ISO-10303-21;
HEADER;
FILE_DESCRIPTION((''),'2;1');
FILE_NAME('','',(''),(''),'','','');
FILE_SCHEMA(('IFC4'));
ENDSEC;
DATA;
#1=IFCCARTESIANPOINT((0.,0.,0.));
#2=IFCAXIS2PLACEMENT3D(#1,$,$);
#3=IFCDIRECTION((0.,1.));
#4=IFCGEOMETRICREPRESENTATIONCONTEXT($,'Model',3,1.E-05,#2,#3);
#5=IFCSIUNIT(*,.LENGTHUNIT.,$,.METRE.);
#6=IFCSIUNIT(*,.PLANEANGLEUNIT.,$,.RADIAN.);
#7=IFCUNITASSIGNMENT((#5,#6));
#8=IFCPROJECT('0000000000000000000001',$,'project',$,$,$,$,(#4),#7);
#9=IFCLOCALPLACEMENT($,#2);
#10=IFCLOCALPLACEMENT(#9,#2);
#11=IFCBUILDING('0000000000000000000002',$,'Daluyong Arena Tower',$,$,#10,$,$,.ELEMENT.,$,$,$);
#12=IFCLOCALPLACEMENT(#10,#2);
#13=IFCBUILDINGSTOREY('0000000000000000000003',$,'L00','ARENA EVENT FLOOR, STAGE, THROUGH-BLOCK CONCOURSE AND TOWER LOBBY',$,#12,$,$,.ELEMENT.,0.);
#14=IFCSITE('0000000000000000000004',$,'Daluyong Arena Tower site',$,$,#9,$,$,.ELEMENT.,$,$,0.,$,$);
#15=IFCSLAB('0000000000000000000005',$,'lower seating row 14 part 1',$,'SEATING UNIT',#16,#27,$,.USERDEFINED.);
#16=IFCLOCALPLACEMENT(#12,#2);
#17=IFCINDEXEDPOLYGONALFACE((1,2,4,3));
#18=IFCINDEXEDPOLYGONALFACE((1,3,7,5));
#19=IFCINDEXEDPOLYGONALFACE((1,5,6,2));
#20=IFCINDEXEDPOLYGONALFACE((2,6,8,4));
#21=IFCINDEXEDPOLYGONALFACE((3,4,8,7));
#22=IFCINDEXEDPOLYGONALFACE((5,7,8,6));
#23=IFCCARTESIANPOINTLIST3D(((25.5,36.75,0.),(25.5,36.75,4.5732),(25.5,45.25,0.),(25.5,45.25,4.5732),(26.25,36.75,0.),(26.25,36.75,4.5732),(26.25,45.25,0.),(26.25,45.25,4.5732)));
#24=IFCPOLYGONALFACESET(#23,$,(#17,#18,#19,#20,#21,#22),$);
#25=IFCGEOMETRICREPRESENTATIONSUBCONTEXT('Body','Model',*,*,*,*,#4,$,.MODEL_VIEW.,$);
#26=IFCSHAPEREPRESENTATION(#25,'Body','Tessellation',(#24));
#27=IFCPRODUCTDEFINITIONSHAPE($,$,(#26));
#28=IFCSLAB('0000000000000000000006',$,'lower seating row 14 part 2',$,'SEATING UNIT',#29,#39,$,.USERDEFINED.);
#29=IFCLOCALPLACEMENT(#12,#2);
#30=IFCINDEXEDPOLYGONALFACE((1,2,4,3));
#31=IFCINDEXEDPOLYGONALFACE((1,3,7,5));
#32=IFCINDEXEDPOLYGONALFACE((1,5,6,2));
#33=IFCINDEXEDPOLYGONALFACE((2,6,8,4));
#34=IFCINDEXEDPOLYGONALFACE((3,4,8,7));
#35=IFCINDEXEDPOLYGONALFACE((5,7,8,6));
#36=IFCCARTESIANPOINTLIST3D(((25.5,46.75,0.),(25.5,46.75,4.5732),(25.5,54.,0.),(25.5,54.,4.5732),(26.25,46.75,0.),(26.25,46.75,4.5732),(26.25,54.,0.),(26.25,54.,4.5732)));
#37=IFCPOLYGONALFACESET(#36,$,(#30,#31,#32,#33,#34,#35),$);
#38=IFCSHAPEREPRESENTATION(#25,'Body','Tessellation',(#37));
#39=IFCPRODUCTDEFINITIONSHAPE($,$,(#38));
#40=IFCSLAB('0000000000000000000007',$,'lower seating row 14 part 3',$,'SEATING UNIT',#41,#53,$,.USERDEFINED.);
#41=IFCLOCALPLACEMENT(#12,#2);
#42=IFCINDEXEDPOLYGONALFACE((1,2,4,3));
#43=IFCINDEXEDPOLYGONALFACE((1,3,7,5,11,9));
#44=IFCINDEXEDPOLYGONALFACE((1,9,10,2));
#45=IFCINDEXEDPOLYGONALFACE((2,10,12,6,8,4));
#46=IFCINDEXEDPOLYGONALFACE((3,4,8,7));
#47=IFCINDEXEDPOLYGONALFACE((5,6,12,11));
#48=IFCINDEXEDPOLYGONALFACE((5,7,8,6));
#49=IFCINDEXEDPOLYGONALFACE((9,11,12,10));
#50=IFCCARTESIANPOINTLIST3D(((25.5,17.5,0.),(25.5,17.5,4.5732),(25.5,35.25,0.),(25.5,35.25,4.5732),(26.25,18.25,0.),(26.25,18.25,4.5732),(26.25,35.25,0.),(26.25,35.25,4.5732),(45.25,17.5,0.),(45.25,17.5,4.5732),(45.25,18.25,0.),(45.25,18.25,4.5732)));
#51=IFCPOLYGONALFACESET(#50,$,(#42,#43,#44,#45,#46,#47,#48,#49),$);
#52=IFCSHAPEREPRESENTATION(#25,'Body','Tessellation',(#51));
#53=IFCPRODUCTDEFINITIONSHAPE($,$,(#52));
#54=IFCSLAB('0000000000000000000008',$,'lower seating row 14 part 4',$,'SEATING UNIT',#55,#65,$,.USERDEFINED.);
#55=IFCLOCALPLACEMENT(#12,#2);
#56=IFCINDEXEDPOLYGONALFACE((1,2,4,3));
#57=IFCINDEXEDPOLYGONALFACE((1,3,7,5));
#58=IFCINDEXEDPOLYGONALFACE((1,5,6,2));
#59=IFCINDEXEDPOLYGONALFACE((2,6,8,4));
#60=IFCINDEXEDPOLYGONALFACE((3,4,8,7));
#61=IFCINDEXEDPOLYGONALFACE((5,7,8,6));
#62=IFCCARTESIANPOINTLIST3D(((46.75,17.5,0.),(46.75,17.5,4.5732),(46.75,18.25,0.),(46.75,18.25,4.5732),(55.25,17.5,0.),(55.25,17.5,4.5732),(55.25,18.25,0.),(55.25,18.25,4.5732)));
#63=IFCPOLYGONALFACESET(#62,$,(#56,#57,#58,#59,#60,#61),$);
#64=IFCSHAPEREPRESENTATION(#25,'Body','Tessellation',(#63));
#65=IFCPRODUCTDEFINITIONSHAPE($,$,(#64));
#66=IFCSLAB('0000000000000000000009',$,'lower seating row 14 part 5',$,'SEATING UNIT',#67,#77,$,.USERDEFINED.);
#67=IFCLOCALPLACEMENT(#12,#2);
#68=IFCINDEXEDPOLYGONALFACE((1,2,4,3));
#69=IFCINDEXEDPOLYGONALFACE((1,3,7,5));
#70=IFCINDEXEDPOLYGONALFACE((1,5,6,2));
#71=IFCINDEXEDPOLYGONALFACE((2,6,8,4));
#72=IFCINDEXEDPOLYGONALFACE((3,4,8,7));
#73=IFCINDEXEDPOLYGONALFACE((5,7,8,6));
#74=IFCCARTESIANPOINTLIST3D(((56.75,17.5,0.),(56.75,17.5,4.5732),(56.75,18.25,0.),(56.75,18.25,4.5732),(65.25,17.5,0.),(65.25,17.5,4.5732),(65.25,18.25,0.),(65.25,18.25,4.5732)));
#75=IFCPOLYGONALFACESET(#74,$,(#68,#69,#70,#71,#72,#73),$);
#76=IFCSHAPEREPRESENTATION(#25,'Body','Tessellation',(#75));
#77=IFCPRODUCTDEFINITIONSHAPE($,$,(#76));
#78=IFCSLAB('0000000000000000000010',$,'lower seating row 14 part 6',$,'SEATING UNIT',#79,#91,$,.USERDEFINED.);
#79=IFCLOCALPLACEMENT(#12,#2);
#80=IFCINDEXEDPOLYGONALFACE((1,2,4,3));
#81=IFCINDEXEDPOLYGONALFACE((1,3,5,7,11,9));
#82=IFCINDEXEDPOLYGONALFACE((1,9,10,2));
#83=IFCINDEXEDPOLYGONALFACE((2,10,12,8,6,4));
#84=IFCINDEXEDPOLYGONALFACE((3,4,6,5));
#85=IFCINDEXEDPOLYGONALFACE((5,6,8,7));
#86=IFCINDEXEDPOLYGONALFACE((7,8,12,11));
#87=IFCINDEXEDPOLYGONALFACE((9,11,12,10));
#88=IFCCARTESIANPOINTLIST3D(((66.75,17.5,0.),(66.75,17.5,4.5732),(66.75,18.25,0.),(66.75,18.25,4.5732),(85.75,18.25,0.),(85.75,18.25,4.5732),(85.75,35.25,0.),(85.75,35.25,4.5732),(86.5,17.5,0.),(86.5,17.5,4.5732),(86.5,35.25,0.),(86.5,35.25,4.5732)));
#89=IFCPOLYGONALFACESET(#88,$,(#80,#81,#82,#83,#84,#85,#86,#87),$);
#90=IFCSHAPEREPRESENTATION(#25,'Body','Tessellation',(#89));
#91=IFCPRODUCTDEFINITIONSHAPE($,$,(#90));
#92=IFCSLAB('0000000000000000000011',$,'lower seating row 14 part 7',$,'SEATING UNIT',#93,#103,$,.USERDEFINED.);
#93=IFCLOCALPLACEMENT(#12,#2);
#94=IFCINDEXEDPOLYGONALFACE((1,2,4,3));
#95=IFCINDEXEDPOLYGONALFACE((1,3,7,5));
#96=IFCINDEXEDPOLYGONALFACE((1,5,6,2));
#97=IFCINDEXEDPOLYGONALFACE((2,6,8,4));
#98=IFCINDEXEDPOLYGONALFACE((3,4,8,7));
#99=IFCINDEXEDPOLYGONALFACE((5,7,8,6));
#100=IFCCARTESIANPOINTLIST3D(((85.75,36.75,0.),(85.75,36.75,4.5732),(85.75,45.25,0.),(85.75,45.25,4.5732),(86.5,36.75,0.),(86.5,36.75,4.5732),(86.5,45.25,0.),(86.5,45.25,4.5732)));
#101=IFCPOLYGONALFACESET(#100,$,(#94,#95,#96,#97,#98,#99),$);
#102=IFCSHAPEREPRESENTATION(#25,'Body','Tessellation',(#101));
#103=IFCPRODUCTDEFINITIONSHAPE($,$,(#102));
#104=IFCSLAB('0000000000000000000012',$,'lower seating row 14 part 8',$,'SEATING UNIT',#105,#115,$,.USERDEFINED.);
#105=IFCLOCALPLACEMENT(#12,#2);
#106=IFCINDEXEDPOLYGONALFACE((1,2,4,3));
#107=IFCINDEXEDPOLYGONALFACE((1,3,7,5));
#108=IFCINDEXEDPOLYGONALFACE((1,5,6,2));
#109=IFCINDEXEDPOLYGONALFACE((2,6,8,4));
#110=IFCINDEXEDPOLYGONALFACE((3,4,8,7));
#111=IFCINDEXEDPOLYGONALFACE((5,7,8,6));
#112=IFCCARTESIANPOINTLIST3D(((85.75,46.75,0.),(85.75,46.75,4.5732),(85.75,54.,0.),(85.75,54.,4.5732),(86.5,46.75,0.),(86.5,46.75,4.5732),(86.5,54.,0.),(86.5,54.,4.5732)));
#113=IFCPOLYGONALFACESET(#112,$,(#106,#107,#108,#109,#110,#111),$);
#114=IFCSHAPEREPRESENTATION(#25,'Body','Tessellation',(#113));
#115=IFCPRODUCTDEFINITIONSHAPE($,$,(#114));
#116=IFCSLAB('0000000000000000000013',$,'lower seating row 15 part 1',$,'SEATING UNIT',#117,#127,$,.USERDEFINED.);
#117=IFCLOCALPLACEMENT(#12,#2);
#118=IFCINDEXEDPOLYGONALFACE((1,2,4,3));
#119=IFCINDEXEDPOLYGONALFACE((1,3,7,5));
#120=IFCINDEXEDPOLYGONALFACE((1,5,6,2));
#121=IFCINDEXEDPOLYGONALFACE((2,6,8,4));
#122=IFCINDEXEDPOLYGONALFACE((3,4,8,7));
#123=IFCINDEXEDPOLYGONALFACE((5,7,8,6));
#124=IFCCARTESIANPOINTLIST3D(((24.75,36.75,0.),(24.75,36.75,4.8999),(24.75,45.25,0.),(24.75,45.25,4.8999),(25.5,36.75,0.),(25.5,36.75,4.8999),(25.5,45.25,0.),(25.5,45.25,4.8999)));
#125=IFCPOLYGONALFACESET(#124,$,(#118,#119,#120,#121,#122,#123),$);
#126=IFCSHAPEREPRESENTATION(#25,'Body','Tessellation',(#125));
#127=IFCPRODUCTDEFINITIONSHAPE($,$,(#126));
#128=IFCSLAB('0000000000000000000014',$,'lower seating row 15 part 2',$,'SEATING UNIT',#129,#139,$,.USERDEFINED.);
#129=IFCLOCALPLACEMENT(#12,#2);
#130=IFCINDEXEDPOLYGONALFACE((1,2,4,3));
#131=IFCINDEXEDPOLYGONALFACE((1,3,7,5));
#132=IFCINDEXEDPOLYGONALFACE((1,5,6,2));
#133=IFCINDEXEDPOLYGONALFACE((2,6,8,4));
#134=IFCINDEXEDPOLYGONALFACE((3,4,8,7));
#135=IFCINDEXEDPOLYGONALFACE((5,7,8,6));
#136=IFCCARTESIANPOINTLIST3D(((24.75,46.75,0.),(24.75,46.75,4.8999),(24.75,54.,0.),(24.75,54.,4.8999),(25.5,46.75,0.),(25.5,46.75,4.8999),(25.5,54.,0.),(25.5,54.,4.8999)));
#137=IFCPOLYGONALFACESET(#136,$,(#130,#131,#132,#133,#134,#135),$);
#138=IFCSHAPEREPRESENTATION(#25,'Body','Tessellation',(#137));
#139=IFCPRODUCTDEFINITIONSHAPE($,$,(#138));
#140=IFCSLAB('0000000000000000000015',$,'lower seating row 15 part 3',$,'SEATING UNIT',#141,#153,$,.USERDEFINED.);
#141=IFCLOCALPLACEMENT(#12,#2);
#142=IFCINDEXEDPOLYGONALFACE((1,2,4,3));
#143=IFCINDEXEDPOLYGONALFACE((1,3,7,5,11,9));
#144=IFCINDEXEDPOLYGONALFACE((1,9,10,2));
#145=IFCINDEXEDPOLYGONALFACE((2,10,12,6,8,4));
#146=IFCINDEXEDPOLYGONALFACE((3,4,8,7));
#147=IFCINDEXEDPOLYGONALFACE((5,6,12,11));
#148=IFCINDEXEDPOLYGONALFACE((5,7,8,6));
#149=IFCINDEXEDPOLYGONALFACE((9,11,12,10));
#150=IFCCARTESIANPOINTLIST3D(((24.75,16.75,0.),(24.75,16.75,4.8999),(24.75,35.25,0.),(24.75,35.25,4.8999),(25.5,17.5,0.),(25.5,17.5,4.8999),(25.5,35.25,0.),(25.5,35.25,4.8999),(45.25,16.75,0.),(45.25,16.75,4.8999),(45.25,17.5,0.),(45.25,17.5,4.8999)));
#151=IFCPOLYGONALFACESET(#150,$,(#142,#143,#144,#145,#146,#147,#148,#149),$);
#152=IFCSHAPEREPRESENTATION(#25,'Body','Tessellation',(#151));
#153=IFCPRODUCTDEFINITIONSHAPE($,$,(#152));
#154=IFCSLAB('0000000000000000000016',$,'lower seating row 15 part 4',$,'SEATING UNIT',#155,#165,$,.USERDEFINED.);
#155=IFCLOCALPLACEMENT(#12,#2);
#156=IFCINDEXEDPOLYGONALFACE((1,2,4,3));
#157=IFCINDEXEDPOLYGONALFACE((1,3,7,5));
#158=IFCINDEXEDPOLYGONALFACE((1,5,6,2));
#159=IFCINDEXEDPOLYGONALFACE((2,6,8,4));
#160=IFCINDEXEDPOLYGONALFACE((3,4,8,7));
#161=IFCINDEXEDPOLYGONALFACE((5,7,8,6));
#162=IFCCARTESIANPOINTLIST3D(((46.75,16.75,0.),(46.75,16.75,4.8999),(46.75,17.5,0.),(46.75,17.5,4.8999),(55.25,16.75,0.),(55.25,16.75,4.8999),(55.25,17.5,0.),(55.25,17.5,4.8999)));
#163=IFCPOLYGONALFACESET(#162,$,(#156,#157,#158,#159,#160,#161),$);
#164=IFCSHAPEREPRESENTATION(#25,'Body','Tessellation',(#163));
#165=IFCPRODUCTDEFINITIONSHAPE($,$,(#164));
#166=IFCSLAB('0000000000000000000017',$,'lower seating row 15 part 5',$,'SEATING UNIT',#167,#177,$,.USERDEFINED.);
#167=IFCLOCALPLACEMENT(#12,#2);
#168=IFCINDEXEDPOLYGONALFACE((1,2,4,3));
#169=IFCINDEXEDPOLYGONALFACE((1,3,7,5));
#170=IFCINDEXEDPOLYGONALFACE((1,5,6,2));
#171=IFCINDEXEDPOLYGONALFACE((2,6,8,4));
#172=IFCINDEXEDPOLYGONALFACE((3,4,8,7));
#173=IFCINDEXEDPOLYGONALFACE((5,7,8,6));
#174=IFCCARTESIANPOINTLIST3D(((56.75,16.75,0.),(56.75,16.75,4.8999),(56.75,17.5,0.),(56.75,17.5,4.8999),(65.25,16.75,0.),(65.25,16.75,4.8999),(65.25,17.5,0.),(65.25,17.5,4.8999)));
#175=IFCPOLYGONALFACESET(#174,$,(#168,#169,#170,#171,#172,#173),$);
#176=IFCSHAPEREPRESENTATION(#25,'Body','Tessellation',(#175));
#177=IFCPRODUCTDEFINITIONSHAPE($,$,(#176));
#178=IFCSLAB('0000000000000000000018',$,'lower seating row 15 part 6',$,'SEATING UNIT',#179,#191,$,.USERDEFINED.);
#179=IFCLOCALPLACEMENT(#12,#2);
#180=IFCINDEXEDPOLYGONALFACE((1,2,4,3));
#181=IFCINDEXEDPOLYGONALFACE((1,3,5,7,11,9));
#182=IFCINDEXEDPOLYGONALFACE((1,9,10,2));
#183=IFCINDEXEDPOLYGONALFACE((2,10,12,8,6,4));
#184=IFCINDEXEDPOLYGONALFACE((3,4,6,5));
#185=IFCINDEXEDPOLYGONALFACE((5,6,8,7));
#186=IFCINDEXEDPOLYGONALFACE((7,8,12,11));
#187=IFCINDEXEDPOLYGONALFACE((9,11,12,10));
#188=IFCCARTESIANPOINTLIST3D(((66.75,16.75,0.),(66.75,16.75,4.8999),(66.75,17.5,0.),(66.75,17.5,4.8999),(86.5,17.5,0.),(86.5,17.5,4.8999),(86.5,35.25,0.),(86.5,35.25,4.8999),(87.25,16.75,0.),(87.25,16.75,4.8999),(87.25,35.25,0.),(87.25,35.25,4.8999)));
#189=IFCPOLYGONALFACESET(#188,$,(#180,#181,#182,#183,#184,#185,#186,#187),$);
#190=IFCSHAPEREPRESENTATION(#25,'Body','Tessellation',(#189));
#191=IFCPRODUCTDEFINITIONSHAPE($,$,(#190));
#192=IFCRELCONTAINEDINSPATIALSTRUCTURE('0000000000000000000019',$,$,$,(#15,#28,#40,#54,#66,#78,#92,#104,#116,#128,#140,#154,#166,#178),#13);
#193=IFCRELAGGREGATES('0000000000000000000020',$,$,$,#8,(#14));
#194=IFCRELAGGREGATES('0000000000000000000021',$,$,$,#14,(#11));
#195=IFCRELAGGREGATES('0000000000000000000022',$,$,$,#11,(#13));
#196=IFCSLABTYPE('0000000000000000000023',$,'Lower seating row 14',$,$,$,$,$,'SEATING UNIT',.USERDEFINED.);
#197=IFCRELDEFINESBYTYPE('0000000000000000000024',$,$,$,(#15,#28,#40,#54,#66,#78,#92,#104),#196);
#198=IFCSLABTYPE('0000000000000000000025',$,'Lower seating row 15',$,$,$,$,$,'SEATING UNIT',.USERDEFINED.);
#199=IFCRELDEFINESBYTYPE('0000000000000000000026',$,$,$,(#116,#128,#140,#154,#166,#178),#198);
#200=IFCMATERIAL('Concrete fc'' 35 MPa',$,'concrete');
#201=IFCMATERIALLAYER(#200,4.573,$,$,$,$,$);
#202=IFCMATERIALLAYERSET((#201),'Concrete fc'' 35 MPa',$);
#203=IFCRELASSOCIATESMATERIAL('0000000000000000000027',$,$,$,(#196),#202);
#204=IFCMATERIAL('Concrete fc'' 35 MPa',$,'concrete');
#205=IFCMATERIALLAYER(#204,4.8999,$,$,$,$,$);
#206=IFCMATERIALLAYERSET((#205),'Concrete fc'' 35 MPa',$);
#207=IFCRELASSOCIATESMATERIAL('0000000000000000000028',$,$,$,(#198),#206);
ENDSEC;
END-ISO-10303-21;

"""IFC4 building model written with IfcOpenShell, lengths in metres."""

from ifc_helpers import new_model, si_unit, direction, origin, place, context, subcontext, project, spatial, polyline, outline, extrude, material, layer, layer_set, type_object, element, save


model = new_model("IFC4")

# Units and contexts
model_context = context("Model", 3, precision=1e-05, world=origin(), true_north=direction((0.0, 1.0)))
body_context = subcontext(model_context, "Body", "Model", "MODEL_VIEW")
ifc_project = project(units=[si_unit("LENGTHUNIT", "METRE"), si_unit("PLANEANGLEUNIT", "RADIAN")], contexts=[model_context])

# Site, building, storey
site_placement = place(None, origin())
site = spatial("IfcSite", under=ifc_project, at=site_placement, Name="Daluyong Arena Tower site", CompositionType="ELEMENT", RefElevation=0.0)
building_placement = place(site_placement, origin())
building = spatial("IfcBuilding", under=site, at=building_placement, Name="Daluyong Arena Tower", CompositionType="ELEMENT")
storey_placement = place(building_placement, origin())
storey = spatial("IfcBuildingStorey", under=building, at=storey_placement, Name="L00", Description="ARENA EVENT FLOOR, STAGE, THROUGH-BLOCK CONCOURSE AND TOWER LOBBY", CompositionType="ELEMENT", Elevation=0.0)

# Slabs
ifc_material_1 = material(Name="Concrete fc' 35 MPa", Category="concrete")
ifc_layer_1 = layer(ifc_material_1, 4.573)
ifc_layer_set_1 = layer_set([ifc_layer_1], Name="Concrete fc' 35 MPa")
slab_type_1 = type_object("IfcSlabType", Name="Lower seating row 14", ElementType="SEATING UNIT", PredefinedType="USERDEFINED", material=ifc_layer_set_1)
slab_1_placement = place(storey_placement, origin())
element("IfcSlab", 1, at=slab_1_placement, inside=storey, type_object=slab_type_1, Name="lower seating row 14 part 1", ObjectType="SEATING UNIT", PredefinedType="USERDEFINED", context=body_context, shape_type="SweptSolid", body=[
    extrude(outline(polyline([(25.5, 45.25), (25.5, 36.75), (26.25, 36.75), (26.25, 45.25), (25.5, 45.25)])), origin(), (0.0, 0.0, 1.0), 4.5732),
])
slab_2_placement = place(storey_placement, origin())
element("IfcSlab", 2, at=slab_2_placement, inside=storey, type_object=slab_type_1, Name="lower seating row 14 part 2", ObjectType="SEATING UNIT", PredefinedType="USERDEFINED", context=body_context, shape_type="SweptSolid", body=[
    extrude(outline(polyline([(25.5, 54.0), (25.5, 46.75), (26.25, 46.75), (26.25, 54.0), (25.5, 54.0)])), origin(), (0.0, 0.0, 1.0), 4.5732),
])
slab_3_placement = place(storey_placement, origin())
element("IfcSlab", 3, at=slab_3_placement, inside=storey, type_object=slab_type_1, Name="lower seating row 14 part 3", ObjectType="SEATING UNIT", PredefinedType="USERDEFINED", context=body_context, shape_type="SweptSolid", body=[
    extrude(outline(polyline([(25.5, 17.5), (45.25, 17.5), (45.25, 18.25), (26.25, 18.25), (26.25, 35.25), (25.5, 35.25), (25.5, 17.5)])), origin(), (0.0, 0.0, 1.0), 4.5732),
])
slab_4_placement = place(storey_placement, origin())
element("IfcSlab", 4, at=slab_4_placement, inside=storey, type_object=slab_type_1, Name="lower seating row 14 part 4", ObjectType="SEATING UNIT", PredefinedType="USERDEFINED", context=body_context, shape_type="SweptSolid", body=[
    extrude(outline(polyline([(46.75, 17.5), (55.25, 17.5), (55.25, 18.25), (46.75, 18.25), (46.75, 17.5)])), origin(), (0.0, 0.0, 1.0), 4.5732),
])
slab_5_placement = place(storey_placement, origin())
element("IfcSlab", 5, at=slab_5_placement, inside=storey, type_object=slab_type_1, Name="lower seating row 14 part 5", ObjectType="SEATING UNIT", PredefinedType="USERDEFINED", context=body_context, shape_type="SweptSolid", body=[
    extrude(outline(polyline([(56.75, 17.5), (65.25, 17.5), (65.25, 18.25), (56.75, 18.25), (56.75, 17.5)])), origin(), (0.0, 0.0, 1.0), 4.5732),
])
slab_6_placement = place(storey_placement, origin())
element("IfcSlab", 6, at=slab_6_placement, inside=storey, type_object=slab_type_1, Name="lower seating row 14 part 6", ObjectType="SEATING UNIT", PredefinedType="USERDEFINED", context=body_context, shape_type="SweptSolid", body=[
    extrude(outline(polyline([(86.5, 17.5), (86.5, 35.25), (85.75, 35.25), (85.75, 18.25), (66.75, 18.25), (66.75, 17.5), (86.5, 17.5)])), origin(), (0.0, 0.0, 1.0), 4.5732),
])
slab_7_placement = place(storey_placement, origin())
element("IfcSlab", 7, at=slab_7_placement, inside=storey, type_object=slab_type_1, Name="lower seating row 14 part 7", ObjectType="SEATING UNIT", PredefinedType="USERDEFINED", context=body_context, shape_type="SweptSolid", body=[
    extrude(outline(polyline([(86.5, 36.75), (86.5, 45.25), (85.75, 45.25), (85.75, 36.75), (86.5, 36.75)])), origin(), (0.0, 0.0, 1.0), 4.5732),
])
slab_8_placement = place(storey_placement, origin())
element("IfcSlab", 8, at=slab_8_placement, inside=storey, type_object=slab_type_1, Name="lower seating row 14 part 8", ObjectType="SEATING UNIT", PredefinedType="USERDEFINED", context=body_context, shape_type="SweptSolid", body=[
    extrude(outline(polyline([(86.5, 46.75), (86.5, 54.0), (85.75, 54.0), (85.75, 46.75), (86.5, 46.75)])), origin(), (0.0, 0.0, 1.0), 4.5732),
])
ifc_material_2 = material(Name="Concrete fc' 35 MPa", Category="concrete")
ifc_layer_2 = layer(ifc_material_2, 4.8999)
ifc_layer_set_2 = layer_set([ifc_layer_2], Name="Concrete fc' 35 MPa")
slab_type_2 = type_object("IfcSlabType", Name="Lower seating row 15", ElementType="SEATING UNIT", PredefinedType="USERDEFINED", material=ifc_layer_set_2)
slab_9_placement = place(storey_placement, origin())
element("IfcSlab", 9, at=slab_9_placement, inside=storey, type_object=slab_type_2, Name="lower seating row 15 part 1", ObjectType="SEATING UNIT", PredefinedType="USERDEFINED", context=body_context, shape_type="SweptSolid", body=[
    extrude(outline(polyline([(24.75, 45.25), (24.75, 36.75), (25.5, 36.75), (25.5, 45.25), (24.75, 45.25)])), origin(), (0.0, 0.0, 1.0), 4.8999),
])
slab_10_placement = place(storey_placement, origin())
element("IfcSlab", 10, at=slab_10_placement, inside=storey, type_object=slab_type_2, Name="lower seating row 15 part 2", ObjectType="SEATING UNIT", PredefinedType="USERDEFINED", context=body_context, shape_type="SweptSolid", body=[
    extrude(outline(polyline([(24.75, 54.0), (24.75, 46.75), (25.5, 46.75), (25.5, 54.0), (24.75, 54.0)])), origin(), (0.0, 0.0, 1.0), 4.8999),
])
slab_11_placement = place(storey_placement, origin())
element("IfcSlab", 11, at=slab_11_placement, inside=storey, type_object=slab_type_2, Name="lower seating row 15 part 3", ObjectType="SEATING UNIT", PredefinedType="USERDEFINED", context=body_context, shape_type="SweptSolid", body=[
    extrude(outline(polyline([(24.75, 16.75), (45.25, 16.75), (45.25, 17.5), (25.5, 17.5), (25.5, 35.25), (24.75, 35.25), (24.75, 16.75)])), origin(), (0.0, 0.0, 1.0), 4.8999),
])
slab_12_placement = place(storey_placement, origin())
element("IfcSlab", 12, at=slab_12_placement, inside=storey, type_object=slab_type_2, Name="lower seating row 15 part 4", ObjectType="SEATING UNIT", PredefinedType="USERDEFINED", context=body_context, shape_type="SweptSolid", body=[
    extrude(outline(polyline([(46.75, 16.75), (55.25, 16.75), (55.25, 17.5), (46.75, 17.5), (46.75, 16.75)])), origin(), (0.0, 0.0, 1.0), 4.8999),
])
slab_13_placement = place(storey_placement, origin())
element("IfcSlab", 13, at=slab_13_placement, inside=storey, type_object=slab_type_2, Name="lower seating row 15 part 5", ObjectType="SEATING UNIT", PredefinedType="USERDEFINED", context=body_context, shape_type="SweptSolid", body=[
    extrude(outline(polyline([(56.75, 16.75), (65.25, 16.75), (65.25, 17.5), (56.75, 17.5), (56.75, 16.75)])), origin(), (0.0, 0.0, 1.0), 4.8999),
])
slab_14_placement = place(storey_placement, origin())
element("IfcSlab", 14, at=slab_14_placement, inside=storey, type_object=slab_type_2, Name="lower seating row 15 part 6", ObjectType="SEATING UNIT", PredefinedType="USERDEFINED", context=body_context, shape_type="SweptSolid", body=[
    extrude(outline(polyline([(87.25, 16.75), (87.25, 35.25), (86.5, 35.25), (86.5, 17.5), (66.75, 17.5), (66.75, 16.75), (87.25, 16.75)])), origin(), (0.0, 0.0, 1.0), 4.8999),
])

save(model, "model.ifc")
